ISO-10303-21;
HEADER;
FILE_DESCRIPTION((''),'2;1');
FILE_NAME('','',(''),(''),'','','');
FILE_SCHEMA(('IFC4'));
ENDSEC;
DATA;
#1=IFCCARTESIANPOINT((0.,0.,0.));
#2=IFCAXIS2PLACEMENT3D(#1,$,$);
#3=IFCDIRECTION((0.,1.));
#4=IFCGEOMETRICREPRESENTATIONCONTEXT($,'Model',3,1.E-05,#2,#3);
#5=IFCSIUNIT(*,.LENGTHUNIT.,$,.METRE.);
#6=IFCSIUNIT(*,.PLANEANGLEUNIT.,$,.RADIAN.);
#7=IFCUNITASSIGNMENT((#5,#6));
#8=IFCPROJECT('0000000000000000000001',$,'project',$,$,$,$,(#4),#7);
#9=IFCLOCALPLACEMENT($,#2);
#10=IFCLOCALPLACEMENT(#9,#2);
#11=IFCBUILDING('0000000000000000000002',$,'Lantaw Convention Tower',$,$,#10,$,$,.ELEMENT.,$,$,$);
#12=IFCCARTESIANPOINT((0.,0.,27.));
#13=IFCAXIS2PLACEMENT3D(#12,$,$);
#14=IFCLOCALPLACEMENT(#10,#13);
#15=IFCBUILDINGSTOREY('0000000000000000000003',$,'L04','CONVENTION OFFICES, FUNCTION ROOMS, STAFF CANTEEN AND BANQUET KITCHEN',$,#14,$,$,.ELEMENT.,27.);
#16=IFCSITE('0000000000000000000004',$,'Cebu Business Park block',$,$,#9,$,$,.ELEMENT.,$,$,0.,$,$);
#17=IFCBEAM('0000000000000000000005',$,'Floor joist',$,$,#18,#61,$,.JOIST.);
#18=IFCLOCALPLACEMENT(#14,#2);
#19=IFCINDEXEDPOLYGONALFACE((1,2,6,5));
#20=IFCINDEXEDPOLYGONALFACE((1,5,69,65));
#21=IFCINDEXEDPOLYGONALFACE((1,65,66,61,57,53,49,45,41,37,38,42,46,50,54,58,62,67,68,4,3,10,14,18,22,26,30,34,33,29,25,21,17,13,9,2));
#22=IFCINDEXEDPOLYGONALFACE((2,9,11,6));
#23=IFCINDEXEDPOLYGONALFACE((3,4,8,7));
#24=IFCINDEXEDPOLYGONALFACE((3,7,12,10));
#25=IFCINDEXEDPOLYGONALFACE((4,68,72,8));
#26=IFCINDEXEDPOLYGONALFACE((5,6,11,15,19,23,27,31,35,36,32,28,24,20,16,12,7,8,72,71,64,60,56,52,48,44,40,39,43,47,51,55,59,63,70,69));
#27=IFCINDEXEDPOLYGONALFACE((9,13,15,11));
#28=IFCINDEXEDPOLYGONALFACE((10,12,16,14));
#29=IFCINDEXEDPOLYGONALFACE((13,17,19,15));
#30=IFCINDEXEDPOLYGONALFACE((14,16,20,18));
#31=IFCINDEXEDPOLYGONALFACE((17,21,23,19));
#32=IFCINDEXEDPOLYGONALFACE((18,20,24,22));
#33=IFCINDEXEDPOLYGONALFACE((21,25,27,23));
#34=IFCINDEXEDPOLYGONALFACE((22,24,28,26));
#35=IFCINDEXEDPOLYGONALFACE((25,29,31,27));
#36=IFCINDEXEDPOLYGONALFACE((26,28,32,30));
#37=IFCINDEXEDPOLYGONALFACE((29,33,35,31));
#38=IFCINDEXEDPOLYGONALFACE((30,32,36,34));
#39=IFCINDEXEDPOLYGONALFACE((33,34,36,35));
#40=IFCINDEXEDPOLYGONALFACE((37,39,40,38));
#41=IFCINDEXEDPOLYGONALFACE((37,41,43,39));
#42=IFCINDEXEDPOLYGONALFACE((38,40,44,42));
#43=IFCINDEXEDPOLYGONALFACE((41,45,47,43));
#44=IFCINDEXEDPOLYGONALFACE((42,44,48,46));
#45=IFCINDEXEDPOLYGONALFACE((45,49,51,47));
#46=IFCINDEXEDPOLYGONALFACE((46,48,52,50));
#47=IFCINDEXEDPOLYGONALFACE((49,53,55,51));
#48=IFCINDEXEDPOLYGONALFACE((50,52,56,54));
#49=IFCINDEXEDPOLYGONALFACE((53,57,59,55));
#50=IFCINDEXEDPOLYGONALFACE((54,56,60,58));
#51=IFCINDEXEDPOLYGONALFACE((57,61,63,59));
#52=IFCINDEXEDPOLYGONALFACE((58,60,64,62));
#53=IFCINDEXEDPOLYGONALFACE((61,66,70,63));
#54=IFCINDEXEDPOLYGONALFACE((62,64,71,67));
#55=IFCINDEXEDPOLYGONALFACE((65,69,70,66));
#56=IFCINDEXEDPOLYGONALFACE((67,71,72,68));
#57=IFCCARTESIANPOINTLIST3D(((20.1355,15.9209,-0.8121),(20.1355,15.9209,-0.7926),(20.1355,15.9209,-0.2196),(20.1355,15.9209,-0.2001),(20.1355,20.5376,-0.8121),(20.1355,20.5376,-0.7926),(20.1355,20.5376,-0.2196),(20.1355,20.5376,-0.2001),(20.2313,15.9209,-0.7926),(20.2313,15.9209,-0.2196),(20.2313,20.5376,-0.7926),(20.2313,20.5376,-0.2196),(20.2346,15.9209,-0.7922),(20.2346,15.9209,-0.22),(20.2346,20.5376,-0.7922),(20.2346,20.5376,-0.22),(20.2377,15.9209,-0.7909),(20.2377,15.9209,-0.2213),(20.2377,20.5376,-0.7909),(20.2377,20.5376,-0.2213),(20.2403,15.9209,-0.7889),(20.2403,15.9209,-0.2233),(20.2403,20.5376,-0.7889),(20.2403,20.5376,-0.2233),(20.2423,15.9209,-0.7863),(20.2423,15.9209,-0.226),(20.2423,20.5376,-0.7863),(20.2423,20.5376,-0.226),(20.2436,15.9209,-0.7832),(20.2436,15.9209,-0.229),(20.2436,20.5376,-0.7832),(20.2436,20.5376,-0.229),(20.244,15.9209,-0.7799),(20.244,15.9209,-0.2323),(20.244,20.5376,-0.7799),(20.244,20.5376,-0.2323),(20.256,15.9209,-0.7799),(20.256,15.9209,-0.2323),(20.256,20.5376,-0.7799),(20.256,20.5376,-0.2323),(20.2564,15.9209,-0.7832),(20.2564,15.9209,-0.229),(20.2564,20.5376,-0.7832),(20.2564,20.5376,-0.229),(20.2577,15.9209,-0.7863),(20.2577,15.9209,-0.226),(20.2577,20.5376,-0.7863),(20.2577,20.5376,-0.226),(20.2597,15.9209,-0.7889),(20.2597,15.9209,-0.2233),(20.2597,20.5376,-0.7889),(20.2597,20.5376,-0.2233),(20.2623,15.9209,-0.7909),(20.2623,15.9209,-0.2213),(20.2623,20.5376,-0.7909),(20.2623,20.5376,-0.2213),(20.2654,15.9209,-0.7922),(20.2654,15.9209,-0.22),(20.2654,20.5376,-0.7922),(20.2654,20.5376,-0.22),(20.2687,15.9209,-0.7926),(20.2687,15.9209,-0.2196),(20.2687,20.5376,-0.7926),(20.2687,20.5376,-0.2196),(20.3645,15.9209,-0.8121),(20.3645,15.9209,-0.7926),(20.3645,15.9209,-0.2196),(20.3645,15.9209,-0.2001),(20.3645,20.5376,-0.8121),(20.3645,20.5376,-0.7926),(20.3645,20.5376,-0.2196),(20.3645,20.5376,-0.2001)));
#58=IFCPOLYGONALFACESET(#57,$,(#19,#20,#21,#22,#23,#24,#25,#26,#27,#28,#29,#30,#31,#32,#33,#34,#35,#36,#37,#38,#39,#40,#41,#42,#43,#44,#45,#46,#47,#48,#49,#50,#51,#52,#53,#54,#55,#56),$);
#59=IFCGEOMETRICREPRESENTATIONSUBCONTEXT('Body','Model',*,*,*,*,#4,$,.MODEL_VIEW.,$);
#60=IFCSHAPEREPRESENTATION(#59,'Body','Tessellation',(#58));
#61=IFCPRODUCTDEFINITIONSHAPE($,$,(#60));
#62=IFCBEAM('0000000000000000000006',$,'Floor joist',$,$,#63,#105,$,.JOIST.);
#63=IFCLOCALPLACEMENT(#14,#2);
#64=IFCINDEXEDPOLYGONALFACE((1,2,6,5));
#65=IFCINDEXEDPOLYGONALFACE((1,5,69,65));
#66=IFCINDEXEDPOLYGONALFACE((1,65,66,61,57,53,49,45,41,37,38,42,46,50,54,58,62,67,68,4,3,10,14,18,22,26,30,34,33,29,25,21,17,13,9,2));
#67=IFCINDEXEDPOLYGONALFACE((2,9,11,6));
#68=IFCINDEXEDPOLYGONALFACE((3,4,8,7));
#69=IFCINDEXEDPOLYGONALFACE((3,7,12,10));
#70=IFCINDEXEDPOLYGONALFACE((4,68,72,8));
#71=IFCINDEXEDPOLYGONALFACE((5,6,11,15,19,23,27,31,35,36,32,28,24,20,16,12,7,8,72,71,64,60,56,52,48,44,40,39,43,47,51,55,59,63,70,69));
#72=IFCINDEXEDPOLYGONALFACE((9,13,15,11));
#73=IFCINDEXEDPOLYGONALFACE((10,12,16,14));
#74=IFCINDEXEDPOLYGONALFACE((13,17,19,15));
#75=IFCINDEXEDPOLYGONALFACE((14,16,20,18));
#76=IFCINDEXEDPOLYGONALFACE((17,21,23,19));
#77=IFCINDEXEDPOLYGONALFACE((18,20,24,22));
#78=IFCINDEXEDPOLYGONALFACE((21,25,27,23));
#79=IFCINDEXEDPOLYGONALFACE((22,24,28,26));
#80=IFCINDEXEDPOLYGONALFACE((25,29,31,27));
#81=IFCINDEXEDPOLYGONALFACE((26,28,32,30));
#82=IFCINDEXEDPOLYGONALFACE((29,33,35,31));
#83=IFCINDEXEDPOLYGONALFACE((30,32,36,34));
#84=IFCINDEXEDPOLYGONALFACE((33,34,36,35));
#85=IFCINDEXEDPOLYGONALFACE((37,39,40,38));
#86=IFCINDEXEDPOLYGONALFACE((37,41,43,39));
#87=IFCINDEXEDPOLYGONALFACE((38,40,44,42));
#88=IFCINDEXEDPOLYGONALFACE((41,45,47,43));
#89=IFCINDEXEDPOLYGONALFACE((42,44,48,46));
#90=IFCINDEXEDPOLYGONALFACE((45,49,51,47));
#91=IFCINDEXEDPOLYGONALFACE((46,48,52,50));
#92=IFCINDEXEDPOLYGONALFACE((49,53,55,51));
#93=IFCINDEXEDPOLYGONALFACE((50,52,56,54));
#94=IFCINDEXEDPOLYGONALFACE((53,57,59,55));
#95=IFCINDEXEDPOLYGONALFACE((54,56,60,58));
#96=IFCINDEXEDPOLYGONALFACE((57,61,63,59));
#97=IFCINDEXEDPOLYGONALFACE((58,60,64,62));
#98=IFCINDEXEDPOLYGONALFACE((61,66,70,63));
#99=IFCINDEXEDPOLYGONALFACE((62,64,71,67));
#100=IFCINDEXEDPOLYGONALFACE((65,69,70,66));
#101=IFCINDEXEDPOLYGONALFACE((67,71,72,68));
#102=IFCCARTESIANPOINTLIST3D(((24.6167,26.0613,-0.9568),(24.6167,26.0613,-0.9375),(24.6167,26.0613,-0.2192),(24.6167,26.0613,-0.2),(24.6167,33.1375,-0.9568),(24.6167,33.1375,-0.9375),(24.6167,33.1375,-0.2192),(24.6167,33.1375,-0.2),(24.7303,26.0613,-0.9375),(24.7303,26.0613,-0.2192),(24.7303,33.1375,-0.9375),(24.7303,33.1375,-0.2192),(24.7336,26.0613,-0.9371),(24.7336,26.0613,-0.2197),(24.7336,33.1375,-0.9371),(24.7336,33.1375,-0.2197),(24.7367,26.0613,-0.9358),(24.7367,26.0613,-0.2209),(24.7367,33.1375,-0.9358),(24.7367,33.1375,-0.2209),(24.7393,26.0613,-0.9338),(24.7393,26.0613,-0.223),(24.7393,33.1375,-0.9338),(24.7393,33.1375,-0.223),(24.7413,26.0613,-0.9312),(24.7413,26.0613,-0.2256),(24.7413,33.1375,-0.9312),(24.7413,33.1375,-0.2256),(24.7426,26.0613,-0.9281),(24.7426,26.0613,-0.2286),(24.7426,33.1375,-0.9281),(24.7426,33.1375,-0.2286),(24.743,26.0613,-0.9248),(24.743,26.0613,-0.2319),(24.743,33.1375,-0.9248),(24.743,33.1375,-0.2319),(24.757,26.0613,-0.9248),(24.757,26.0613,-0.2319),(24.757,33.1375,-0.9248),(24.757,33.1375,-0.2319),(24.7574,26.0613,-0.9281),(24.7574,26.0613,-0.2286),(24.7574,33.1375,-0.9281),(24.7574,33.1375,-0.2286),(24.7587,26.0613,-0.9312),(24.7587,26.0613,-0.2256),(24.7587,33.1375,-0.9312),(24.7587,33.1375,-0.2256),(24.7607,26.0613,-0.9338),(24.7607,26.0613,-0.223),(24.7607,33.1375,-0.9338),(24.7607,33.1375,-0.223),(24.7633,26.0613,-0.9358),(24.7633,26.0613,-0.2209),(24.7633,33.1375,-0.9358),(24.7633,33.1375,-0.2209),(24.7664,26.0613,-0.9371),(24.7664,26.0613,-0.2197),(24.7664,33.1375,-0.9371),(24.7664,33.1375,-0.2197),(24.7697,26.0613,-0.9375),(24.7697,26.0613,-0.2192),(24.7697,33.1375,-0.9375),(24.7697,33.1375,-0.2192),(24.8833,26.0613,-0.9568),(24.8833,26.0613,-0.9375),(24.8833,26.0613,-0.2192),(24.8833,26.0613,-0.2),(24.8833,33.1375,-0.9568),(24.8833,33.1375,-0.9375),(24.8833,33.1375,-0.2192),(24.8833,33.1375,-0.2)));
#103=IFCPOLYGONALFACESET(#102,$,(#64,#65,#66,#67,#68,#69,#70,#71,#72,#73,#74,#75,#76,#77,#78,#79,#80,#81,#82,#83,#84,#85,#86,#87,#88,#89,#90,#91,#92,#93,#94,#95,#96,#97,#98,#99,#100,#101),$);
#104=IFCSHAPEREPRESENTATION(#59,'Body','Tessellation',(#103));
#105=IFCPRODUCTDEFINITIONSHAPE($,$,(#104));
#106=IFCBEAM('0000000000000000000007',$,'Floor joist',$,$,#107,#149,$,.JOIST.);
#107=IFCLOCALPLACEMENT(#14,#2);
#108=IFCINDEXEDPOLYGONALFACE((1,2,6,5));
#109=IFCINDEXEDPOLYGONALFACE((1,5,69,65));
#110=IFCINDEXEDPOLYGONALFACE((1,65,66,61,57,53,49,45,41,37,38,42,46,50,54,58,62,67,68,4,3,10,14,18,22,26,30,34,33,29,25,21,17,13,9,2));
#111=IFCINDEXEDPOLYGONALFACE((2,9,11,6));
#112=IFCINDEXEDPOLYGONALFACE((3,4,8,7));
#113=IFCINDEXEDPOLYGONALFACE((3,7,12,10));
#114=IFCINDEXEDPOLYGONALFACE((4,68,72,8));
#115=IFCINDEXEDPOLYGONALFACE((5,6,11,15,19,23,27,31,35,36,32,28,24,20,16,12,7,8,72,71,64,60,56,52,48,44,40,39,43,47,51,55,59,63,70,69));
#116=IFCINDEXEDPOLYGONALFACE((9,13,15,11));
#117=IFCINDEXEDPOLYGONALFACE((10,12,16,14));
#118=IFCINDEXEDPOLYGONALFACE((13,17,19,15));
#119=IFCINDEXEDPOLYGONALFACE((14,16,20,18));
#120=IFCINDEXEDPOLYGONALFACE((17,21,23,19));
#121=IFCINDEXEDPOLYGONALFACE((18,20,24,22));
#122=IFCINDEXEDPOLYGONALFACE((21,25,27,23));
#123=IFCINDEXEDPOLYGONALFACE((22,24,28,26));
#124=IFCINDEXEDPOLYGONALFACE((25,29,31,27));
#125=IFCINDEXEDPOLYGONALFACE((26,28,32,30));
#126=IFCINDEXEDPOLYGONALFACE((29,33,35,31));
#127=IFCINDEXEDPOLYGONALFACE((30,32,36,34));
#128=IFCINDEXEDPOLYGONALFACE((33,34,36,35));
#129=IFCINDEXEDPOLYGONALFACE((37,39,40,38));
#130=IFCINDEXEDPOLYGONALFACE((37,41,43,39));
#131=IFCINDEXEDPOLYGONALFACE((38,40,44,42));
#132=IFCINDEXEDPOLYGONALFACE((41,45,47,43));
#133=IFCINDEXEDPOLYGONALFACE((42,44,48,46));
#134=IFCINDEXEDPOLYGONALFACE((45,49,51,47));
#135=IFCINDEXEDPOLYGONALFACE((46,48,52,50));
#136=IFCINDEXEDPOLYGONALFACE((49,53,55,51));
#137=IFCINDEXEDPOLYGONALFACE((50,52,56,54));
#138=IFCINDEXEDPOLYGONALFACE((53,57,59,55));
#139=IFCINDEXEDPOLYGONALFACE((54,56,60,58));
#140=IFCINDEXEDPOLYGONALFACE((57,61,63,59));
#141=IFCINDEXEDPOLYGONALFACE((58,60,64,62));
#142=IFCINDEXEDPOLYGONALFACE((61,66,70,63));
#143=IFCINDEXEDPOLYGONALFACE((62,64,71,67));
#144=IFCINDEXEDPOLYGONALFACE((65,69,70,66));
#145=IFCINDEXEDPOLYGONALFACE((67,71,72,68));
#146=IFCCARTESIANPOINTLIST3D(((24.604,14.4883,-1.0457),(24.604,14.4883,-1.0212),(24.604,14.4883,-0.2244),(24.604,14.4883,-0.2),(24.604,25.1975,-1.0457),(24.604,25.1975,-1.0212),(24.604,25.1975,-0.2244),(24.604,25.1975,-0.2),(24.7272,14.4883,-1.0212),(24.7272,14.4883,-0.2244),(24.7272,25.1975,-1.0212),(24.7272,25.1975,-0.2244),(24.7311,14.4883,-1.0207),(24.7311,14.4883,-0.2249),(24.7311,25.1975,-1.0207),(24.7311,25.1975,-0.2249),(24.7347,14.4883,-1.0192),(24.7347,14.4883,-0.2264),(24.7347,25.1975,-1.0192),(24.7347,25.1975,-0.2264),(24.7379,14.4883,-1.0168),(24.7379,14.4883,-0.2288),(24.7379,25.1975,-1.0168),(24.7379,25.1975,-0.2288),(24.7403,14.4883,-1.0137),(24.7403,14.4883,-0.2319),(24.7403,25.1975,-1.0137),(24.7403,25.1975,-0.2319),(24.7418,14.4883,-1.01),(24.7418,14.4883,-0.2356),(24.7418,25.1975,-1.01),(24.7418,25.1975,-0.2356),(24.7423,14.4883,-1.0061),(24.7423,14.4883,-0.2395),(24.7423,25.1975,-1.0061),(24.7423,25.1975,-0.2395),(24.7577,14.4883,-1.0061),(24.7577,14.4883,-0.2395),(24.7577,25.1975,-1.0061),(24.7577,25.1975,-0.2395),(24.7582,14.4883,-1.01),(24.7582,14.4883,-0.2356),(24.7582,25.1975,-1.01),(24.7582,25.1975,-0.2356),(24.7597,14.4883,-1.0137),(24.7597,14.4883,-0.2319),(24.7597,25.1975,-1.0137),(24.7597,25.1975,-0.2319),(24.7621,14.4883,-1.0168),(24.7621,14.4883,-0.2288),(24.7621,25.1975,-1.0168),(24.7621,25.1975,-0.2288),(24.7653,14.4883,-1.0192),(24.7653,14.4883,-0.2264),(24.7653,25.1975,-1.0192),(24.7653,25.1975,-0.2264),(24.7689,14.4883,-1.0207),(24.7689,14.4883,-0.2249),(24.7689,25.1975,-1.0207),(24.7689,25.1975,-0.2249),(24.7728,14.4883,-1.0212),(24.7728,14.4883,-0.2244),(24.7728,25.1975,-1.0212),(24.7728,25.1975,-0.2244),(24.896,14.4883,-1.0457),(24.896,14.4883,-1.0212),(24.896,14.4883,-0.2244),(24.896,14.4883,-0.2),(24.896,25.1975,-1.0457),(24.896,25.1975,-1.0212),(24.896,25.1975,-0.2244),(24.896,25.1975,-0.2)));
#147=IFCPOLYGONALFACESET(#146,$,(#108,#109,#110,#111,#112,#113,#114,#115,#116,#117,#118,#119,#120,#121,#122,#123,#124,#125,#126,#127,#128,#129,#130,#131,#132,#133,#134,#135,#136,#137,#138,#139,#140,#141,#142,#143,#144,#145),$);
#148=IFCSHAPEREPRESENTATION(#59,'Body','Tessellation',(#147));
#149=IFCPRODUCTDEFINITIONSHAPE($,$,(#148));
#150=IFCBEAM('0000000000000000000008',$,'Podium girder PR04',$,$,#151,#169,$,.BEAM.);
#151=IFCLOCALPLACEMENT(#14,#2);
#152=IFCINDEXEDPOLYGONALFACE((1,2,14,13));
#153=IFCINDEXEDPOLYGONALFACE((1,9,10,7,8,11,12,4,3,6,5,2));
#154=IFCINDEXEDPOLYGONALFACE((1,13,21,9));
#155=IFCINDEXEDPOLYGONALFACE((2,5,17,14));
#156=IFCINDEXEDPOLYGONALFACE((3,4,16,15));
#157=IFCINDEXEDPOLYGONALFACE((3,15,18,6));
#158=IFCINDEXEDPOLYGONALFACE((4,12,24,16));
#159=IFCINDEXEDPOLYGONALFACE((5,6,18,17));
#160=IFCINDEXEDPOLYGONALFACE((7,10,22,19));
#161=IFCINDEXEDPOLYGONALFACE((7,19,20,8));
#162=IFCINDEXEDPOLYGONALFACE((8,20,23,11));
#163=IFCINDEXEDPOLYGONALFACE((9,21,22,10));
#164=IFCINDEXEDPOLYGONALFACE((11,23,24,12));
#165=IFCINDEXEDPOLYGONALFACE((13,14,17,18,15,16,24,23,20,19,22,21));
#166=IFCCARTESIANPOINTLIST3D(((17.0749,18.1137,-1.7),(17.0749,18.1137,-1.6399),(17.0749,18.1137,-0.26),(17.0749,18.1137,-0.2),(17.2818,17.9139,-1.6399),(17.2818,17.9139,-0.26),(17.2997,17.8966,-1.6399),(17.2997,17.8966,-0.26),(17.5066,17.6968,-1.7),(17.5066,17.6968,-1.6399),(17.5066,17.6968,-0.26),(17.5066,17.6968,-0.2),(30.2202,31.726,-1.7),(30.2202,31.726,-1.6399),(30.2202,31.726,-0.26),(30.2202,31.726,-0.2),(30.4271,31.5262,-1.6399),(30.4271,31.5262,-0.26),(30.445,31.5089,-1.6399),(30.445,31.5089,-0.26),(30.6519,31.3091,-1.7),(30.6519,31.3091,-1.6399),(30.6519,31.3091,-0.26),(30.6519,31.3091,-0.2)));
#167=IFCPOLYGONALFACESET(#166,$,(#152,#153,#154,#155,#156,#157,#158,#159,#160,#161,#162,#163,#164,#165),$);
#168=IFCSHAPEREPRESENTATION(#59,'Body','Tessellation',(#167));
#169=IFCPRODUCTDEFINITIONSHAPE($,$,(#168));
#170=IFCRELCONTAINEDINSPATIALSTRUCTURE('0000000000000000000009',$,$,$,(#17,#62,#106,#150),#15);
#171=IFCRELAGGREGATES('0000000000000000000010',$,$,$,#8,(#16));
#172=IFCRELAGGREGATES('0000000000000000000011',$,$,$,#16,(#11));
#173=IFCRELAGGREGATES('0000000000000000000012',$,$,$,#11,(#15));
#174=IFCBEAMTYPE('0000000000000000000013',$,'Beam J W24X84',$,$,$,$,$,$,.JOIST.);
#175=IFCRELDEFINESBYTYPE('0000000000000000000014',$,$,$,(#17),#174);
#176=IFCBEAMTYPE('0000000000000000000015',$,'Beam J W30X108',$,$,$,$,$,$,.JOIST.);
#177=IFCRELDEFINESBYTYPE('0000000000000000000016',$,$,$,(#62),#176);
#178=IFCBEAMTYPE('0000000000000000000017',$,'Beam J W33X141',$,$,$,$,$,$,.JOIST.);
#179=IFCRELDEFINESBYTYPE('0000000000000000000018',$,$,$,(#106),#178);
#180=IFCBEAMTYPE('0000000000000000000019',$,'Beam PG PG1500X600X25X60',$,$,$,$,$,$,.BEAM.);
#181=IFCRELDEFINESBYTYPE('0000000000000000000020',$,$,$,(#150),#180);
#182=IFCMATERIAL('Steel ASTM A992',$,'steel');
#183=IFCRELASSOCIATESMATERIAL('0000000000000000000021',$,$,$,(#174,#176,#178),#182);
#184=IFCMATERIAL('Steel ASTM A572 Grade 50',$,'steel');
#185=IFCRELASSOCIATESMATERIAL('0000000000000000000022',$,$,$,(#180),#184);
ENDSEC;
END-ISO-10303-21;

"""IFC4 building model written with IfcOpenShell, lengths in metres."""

from ifc_helpers import new_model, si_unit, direction, frame, origin, origin_2d, place, context, subcontext, project, spatial, i_section, extrude, material, material_profile, profile_set, type_object, element, save


model = new_model("IFC4")

# Units and contexts
model_context = context("Model", 3, precision=1e-05, world=origin(), true_north=direction((0.0, 1.0)))
body_context = subcontext(model_context, "Body", "Model", "MODEL_VIEW")
ifc_project = project(units=[si_unit("LENGTHUNIT", "METRE"), si_unit("PLANEANGLEUNIT", "RADIAN")], contexts=[model_context])

# Site, building, storey
site_placement = place(None, origin())
site = spatial("IfcSite", under=ifc_project, at=site_placement, Name="Cebu Business Park block", CompositionType="ELEMENT", RefElevation=0.0)
building_placement = place(site_placement, origin())
building = spatial("IfcBuilding", under=site, at=building_placement, Name="Lantaw Convention Tower", CompositionType="ELEMENT")
storey_placement = place(building_placement, frame((0.0, 0.0, 27.0)))
storey = spatial("IfcBuildingStorey", under=building, at=storey_placement, Name="L04", Description="CONVENTION OFFICES, FUNCTION ROOMS, STAFF CANTEEN AND BANQUET KITCHEN", CompositionType="ELEMENT", Elevation=27.0)

# Shared definitions
ifc_material_1 = material(Name="Steel ASTM A572 Grade 50", Category="steel")

# Beams
ifc_material_2 = material(Name="Steel ASTM A992", Category="steel")
ifc_material_profile_1 = material_profile(ifc_material_2, i_section(OverallWidth=0.229, OverallDepth=0.6121, WebThickness=0.012, FlangeThickness=0.0195, FilletRadius=0.0127, at=origin_2d()), Name="W24X84")
ifc_profile_set_1 = profile_set([ifc_material_profile_1], Name="Steel ASTM A992")
beam_type_1 = type_object("IfcBeamType", Name="Beam J W24X84", PredefinedType="JOIST", material=ifc_profile_set_1)
beam_1_placement = place(storey_placement, frame((20.25, 15.9209, -0.5061), z_axis=(0.0, 1.0, 0.0), x_axis=(-1.0, 0.0, 0.0)))
element("IfcBeam", 1, at=beam_1_placement, inside=storey, type_object=beam_type_1, Name="Floor joist", PredefinedType="JOIST", context=body_context, shape_type="SweptSolid", body=[
    extrude(i_section(OverallWidth=0.229, OverallDepth=0.6121, WebThickness=0.012, FlangeThickness=0.0195, FilletRadius=0.0127, at=origin_2d()), origin(), (0.0, 0.0, 1.0), 4.6167),
])
ifc_material_profile_2 = material_profile(ifc_material_2, i_section(OverallWidth=0.2666, OverallDepth=0.7568, WebThickness=0.0139, FlangeThickness=0.0193, FilletRadius=0.0127, at=origin_2d()), Name="W30X108")
ifc_profile_set_2 = profile_set([ifc_material_profile_2], Name="Steel ASTM A992")
beam_type_2 = type_object("IfcBeamType", Name="Beam J W30X108", PredefinedType="JOIST", material=ifc_profile_set_2)
beam_2_placement = place(storey_placement, frame((24.75, 26.0613, -0.5784), z_axis=(0.0, 1.0, 0.0), x_axis=(-1.0, 0.0, 0.0)))
element("IfcBeam", 2, at=beam_2_placement, inside=storey, type_object=beam_type_2, Name="Floor joist", PredefinedType="JOIST", context=body_context, shape_type="SweptSolid", body=[
    extrude(i_section(OverallWidth=0.2666, OverallDepth=0.7568, WebThickness=0.0139, FlangeThickness=0.0193, FilletRadius=0.0127, at=origin_2d()), origin(), (0.0, 0.0, 1.0), 7.0762),
])
ifc_material_profile_3 = material_profile(ifc_material_2, i_section(OverallWidth=0.292, OverallDepth=0.8457, WebThickness=0.0154, FlangeThickness=0.0244, FilletRadius=0.0151, at=origin_2d()), Name="W33X141")
ifc_profile_set_3 = profile_set([ifc_material_profile_3], Name="Steel ASTM A992")
beam_type_3 = type_object("IfcBeamType", Name="Beam J W33X141", PredefinedType="JOIST", material=ifc_profile_set_3)
beam_3_placement = place(storey_placement, frame((24.75, 14.4883, -0.6228), z_axis=(0.0, 1.0, 0.0), x_axis=(-1.0, 0.0, 0.0)))
element("IfcBeam", 3, at=beam_3_placement, inside=storey, type_object=beam_type_3, Name="Floor joist", PredefinedType="JOIST", context=body_context, shape_type="SweptSolid", body=[
    extrude(i_section(OverallWidth=0.292, OverallDepth=0.8457, WebThickness=0.0154, FlangeThickness=0.0244, FilletRadius=0.0151, at=origin_2d()), origin(), (0.0, 0.0, 1.0), 10.7092),
])
ifc_material_profile_4 = material_profile(ifc_material_1, i_section(OverallWidth=0.6001, OverallDepth=1.5, WebThickness=0.0249, FlangeThickness=0.0601, at=origin_2d()), Name="PG1500X600X25X60")
ifc_profile_set_4 = profile_set([ifc_material_profile_4], Name="Steel ASTM A572 Grade 50")
beam_type_4 = type_object("IfcBeamType", Name="Beam PG PG1500X600X25X60", PredefinedType="BEAM", material=ifc_profile_set_4)
beam_4_placement = place(storey_placement, frame((17.2908, 17.9053, -0.95), z_axis=(0.694659, 0.719339, 0.0), x_axis=(-0.719339, 0.694659, 0.0)))
element("IfcBeam", 4, at=beam_4_placement, inside=storey, type_object=beam_type_4, Name="Podium girder PR04", PredefinedType="BEAM", context=body_context, shape_type="SweptSolid", body=[
    extrude(i_section(OverallWidth=0.6001, OverallDepth=1.5, WebThickness=0.0249, FlangeThickness=0.0601, at=origin_2d()), origin(), (0.0, 0.0, 1.0), 18.9233),
])

save(model, "model.ifc")
